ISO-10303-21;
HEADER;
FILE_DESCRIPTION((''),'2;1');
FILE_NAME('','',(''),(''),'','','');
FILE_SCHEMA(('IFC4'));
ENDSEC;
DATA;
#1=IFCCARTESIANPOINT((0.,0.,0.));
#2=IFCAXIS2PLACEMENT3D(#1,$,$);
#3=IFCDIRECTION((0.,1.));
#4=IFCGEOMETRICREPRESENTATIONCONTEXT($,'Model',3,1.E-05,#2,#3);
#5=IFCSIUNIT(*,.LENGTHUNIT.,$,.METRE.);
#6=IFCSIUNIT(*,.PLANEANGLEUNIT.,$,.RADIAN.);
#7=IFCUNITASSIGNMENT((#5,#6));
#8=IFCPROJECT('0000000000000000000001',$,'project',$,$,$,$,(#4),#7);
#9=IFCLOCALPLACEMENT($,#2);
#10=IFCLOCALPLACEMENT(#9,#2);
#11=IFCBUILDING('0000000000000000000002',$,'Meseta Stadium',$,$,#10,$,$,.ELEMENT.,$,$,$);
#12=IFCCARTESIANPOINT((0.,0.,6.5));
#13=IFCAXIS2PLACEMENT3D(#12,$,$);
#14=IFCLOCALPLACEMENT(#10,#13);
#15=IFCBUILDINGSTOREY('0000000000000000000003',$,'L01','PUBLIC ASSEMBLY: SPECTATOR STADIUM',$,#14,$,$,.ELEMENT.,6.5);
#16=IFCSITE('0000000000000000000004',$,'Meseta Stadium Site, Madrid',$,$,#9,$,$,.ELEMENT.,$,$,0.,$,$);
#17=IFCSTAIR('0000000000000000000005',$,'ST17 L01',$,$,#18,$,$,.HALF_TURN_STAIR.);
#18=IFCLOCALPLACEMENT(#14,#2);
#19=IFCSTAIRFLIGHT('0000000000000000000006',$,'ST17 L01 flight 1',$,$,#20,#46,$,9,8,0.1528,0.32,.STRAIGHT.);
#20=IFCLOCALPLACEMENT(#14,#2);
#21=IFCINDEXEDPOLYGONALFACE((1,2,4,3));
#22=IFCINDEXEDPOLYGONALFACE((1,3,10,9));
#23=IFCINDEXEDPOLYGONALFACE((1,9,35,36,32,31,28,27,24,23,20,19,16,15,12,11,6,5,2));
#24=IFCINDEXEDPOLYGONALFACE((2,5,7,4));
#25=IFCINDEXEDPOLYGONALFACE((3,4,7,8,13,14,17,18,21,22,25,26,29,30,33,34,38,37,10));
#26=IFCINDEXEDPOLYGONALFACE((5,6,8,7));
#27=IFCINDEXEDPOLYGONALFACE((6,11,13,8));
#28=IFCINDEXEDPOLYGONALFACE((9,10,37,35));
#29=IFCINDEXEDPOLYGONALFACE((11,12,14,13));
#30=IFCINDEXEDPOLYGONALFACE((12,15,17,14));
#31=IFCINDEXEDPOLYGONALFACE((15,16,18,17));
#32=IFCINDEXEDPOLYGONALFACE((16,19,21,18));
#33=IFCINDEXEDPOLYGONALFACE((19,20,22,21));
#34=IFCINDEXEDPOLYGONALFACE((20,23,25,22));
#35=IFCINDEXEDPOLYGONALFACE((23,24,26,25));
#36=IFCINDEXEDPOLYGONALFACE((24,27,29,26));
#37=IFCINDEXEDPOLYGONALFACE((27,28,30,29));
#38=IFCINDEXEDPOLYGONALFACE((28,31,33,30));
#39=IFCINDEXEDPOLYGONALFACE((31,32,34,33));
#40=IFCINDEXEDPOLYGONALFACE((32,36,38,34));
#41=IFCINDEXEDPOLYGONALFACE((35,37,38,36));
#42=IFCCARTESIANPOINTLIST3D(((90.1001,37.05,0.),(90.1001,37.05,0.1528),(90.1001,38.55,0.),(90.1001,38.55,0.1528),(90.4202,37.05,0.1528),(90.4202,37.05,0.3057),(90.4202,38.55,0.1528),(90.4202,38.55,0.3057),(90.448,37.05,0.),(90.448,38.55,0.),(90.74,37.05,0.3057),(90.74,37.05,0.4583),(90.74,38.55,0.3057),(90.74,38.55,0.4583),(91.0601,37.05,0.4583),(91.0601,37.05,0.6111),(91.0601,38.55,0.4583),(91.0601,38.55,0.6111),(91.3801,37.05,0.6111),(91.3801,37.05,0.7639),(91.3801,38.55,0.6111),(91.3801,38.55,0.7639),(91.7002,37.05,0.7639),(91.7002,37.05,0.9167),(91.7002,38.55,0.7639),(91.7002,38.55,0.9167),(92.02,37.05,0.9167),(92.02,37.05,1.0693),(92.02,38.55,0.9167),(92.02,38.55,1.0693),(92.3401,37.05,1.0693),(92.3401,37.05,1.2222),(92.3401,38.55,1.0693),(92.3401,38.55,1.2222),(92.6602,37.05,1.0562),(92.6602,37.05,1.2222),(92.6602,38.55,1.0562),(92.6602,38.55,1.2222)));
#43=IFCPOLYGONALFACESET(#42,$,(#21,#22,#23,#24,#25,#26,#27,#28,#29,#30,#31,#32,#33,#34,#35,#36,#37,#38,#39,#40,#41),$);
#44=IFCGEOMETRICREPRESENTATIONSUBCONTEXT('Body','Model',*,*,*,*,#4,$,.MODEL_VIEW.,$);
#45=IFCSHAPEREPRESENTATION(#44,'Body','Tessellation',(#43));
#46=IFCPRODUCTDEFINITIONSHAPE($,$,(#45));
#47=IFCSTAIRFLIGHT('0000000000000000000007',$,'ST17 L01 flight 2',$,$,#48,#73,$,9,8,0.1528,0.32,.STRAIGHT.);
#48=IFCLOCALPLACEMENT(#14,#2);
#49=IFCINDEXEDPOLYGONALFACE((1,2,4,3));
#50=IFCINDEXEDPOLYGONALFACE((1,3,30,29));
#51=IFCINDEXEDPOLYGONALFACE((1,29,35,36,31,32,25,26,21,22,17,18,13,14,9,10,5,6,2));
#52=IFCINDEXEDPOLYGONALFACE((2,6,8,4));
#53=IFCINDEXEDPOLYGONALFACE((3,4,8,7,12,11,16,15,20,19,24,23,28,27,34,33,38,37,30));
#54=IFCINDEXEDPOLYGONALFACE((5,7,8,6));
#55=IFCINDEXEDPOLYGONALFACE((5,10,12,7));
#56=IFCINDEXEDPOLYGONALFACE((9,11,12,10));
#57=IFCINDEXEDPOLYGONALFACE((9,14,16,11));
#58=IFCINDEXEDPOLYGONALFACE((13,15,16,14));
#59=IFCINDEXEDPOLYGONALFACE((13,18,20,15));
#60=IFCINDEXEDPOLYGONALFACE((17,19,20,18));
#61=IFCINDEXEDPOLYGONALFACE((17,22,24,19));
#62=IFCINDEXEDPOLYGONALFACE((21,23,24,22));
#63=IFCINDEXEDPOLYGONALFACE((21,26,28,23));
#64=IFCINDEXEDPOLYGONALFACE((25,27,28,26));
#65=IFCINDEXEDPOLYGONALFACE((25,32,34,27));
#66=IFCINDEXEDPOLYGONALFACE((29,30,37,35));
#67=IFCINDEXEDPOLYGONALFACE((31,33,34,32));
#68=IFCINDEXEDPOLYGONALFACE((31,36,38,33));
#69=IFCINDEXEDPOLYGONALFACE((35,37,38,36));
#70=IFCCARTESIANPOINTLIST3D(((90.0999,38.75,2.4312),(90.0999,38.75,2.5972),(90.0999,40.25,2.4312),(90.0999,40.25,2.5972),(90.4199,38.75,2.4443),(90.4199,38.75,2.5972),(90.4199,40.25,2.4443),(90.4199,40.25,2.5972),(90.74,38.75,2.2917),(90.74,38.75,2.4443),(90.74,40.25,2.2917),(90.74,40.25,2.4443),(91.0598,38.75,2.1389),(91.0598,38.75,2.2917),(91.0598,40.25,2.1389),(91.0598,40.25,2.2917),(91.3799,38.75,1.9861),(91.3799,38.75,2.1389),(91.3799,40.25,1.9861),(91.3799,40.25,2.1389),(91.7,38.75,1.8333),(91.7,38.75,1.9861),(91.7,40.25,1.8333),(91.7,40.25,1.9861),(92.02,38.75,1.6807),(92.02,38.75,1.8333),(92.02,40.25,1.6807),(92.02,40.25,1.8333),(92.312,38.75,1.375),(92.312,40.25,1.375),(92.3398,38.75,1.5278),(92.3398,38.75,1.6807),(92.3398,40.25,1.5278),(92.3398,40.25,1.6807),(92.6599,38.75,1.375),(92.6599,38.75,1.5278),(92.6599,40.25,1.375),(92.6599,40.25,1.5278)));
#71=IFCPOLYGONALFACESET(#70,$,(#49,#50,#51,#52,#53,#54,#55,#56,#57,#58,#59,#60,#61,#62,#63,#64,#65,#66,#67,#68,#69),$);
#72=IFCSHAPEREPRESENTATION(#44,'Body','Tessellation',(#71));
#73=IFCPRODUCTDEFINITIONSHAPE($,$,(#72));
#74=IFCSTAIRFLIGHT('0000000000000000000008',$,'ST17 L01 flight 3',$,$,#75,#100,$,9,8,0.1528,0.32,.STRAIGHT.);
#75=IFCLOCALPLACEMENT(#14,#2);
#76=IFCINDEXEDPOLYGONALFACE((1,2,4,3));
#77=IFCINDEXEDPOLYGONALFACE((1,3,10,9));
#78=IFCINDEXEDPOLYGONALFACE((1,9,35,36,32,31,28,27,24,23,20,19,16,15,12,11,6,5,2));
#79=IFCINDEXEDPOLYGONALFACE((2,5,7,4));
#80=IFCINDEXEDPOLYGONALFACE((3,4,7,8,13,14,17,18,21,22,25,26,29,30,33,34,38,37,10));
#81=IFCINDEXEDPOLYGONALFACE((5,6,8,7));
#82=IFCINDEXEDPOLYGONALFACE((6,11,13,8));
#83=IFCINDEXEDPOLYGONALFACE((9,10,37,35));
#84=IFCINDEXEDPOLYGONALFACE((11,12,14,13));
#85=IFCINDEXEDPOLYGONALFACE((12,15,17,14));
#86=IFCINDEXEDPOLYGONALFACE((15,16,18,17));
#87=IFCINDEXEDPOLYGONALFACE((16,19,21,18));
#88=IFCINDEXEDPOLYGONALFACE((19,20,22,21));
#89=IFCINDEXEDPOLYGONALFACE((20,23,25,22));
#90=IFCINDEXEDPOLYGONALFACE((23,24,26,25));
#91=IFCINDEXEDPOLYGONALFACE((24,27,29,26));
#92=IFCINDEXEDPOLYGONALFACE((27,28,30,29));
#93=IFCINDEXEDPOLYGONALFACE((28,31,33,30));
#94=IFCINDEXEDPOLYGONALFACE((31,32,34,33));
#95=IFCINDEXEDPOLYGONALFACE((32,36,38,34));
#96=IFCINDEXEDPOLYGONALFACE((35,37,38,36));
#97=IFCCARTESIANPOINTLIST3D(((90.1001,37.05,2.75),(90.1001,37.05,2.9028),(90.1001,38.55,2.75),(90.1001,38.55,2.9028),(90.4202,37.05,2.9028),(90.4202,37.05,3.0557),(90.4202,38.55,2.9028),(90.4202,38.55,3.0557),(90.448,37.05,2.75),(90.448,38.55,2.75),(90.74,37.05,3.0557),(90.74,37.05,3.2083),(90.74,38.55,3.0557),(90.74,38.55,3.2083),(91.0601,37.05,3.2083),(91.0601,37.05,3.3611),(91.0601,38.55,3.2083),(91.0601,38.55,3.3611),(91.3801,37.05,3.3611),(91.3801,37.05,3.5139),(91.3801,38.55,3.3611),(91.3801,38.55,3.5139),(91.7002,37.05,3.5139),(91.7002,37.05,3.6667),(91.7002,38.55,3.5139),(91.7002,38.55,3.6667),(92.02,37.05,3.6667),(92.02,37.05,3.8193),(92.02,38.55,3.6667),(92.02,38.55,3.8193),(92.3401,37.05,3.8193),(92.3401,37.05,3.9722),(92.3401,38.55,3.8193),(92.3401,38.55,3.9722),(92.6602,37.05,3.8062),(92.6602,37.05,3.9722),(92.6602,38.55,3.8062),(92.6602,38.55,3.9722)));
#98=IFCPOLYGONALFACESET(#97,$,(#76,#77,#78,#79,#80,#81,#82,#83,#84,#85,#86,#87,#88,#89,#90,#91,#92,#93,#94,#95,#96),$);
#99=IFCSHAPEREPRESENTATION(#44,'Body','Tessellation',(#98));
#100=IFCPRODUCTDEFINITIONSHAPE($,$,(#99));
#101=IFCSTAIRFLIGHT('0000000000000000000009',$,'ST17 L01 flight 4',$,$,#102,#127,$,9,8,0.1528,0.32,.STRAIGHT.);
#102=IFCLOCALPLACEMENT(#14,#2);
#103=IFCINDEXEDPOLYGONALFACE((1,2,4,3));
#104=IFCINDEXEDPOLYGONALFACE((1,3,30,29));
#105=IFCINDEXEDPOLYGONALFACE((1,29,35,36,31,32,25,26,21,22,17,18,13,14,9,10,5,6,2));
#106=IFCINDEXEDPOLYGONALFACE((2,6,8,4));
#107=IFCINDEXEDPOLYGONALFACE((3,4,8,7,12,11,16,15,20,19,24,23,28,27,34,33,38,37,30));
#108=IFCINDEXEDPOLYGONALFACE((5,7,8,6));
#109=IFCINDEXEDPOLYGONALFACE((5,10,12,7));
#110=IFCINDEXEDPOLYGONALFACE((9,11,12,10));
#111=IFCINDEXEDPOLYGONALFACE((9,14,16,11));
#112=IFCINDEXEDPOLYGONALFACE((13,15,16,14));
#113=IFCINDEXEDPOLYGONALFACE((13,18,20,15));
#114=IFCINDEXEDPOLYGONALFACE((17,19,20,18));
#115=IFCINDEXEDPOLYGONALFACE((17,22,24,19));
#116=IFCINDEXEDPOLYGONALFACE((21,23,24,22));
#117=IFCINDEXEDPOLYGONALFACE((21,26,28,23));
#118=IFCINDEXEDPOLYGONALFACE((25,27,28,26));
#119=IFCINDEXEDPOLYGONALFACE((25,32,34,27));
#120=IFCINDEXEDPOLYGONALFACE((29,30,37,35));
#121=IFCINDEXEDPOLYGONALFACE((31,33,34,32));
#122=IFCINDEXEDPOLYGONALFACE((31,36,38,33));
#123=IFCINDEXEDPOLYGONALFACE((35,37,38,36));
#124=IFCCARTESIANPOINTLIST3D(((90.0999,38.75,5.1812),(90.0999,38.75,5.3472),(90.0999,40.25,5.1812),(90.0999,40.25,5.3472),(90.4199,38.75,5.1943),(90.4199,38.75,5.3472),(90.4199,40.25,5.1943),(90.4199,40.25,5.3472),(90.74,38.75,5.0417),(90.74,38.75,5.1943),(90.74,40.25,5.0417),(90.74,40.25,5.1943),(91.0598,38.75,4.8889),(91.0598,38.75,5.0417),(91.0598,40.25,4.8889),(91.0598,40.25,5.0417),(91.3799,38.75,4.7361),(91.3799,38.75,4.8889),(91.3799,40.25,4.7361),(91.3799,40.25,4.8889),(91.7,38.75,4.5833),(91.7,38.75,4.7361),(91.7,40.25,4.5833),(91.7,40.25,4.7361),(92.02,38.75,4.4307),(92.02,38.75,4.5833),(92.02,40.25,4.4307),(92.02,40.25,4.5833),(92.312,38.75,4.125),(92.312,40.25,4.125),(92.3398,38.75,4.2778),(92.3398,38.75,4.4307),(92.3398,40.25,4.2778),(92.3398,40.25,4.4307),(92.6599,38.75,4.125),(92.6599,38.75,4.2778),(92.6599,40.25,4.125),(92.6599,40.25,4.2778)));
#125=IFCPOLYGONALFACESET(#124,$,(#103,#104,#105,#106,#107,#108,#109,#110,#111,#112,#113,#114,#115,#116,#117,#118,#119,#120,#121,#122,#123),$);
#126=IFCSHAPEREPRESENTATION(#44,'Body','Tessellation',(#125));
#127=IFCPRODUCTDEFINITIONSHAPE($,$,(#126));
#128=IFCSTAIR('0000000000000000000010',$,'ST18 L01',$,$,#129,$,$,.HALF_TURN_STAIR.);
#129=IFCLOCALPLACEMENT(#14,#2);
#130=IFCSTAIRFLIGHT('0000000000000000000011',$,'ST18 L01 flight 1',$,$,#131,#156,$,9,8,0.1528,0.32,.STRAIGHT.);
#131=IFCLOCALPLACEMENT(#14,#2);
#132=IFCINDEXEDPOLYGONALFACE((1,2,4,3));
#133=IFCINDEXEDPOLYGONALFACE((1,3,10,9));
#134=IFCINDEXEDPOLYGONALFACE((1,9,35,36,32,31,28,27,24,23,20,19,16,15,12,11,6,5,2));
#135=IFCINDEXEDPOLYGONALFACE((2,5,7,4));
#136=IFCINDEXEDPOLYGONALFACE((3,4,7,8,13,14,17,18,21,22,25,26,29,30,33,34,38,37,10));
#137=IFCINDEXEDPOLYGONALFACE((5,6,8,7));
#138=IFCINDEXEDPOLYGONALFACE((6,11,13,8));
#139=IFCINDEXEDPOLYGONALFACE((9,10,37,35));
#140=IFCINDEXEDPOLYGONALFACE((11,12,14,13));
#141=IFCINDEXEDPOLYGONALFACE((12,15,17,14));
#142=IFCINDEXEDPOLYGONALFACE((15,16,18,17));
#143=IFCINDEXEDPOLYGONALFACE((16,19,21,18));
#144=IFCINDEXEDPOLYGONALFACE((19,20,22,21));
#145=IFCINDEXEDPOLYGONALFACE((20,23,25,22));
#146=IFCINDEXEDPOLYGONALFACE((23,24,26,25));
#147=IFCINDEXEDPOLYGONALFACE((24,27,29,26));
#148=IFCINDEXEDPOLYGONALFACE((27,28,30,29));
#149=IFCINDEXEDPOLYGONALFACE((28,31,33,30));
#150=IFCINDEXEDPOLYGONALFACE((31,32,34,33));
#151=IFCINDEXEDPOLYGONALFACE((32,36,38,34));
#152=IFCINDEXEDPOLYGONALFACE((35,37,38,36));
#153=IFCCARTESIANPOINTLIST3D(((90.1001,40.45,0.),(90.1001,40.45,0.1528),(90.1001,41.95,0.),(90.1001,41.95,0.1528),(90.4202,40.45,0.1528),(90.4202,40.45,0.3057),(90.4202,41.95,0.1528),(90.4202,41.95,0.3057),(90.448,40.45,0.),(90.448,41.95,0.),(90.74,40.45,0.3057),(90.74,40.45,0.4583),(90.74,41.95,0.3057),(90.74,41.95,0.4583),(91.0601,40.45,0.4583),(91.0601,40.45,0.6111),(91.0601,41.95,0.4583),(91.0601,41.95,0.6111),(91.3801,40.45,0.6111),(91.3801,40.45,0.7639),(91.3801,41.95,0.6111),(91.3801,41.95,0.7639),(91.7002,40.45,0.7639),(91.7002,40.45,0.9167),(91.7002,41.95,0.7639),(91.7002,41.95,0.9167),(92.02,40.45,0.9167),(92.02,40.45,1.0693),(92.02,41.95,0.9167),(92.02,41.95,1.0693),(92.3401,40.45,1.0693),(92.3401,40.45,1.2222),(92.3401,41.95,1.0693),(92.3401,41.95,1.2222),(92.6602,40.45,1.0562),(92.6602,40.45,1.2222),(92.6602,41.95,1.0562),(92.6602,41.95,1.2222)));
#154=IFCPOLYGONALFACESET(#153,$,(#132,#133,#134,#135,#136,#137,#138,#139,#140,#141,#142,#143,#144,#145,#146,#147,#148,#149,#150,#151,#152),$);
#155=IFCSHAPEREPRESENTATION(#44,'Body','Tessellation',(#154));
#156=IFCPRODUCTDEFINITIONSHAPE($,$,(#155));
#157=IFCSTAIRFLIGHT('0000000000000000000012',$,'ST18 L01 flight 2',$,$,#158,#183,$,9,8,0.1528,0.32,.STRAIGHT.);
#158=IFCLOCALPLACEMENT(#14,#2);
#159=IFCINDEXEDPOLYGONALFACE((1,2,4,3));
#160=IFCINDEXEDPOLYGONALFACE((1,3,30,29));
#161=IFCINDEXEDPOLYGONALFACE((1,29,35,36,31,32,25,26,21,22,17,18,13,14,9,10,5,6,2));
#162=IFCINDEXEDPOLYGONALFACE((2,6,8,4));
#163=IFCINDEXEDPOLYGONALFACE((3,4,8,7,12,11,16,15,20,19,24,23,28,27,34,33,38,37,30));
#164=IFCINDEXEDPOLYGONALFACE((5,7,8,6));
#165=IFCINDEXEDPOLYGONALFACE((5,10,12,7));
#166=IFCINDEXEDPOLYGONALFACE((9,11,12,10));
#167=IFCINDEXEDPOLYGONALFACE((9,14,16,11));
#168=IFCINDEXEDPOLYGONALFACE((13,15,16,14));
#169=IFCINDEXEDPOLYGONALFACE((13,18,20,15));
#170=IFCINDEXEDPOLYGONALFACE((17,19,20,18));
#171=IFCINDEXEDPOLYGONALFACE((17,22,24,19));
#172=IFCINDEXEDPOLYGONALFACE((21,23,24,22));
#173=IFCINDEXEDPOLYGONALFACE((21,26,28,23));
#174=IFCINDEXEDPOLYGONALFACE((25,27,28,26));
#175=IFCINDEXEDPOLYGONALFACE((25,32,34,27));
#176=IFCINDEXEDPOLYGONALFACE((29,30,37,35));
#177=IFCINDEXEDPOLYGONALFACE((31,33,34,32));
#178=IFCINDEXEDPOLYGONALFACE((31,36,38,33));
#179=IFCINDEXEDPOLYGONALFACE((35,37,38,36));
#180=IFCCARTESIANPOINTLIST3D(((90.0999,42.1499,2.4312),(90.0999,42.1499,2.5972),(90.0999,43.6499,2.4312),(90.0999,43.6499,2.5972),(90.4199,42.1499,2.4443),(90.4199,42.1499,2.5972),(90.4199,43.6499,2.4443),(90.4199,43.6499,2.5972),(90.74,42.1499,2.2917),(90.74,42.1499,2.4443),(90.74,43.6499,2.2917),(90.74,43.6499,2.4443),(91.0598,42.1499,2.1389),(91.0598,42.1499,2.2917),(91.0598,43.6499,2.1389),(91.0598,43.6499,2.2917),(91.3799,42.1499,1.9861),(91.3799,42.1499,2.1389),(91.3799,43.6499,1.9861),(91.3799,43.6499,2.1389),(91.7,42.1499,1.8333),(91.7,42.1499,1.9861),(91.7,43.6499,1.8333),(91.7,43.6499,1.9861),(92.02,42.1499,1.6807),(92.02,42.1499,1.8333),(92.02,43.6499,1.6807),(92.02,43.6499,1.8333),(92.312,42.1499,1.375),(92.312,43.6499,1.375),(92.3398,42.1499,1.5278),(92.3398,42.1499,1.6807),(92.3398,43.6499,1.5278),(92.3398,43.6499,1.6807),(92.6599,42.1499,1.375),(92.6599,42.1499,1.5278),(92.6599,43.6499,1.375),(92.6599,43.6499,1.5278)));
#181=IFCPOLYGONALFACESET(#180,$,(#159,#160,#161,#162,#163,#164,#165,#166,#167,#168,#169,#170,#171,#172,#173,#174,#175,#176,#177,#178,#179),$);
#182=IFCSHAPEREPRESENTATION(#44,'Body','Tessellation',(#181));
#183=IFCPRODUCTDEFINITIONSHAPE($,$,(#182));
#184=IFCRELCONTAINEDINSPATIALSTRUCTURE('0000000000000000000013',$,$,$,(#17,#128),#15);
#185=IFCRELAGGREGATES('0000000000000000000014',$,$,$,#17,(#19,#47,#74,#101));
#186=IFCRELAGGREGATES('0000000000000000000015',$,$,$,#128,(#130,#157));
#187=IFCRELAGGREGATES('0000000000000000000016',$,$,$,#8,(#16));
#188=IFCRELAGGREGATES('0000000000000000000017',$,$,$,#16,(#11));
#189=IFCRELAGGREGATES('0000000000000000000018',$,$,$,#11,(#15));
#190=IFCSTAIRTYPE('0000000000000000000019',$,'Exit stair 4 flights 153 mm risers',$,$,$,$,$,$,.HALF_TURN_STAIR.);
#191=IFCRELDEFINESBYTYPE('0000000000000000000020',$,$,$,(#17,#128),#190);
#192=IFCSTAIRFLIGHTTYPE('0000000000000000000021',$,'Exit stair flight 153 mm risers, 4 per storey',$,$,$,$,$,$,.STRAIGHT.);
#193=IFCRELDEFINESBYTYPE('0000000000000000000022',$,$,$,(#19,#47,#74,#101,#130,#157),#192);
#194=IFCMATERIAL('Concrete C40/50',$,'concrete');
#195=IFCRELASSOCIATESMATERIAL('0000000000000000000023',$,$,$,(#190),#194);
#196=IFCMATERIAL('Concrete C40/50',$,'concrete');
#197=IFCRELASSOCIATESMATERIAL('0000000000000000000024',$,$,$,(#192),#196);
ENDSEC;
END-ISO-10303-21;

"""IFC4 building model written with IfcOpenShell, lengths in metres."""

from ifc_helpers import new_model, si_unit, direction, frame, origin, place, context, subcontext, project, spatial, polyline, outline, extrude, material, type_object, element, aggregate, save


model = new_model("IFC4")

# Units and contexts
model_context = context("Model", 3, precision=1e-05, world=origin(), true_north=direction((0.0, 1.0)))
body_context = subcontext(model_context, "Body", "Model", "MODEL_VIEW")
ifc_project = project(units=[si_unit("LENGTHUNIT", "METRE"), si_unit("PLANEANGLEUNIT", "RADIAN")], contexts=[model_context])

# Site, building, storey
site_placement = place(None, origin())
site = spatial("IfcSite", under=ifc_project, at=site_placement, Name="Meseta Stadium Site, Madrid", CompositionType="ELEMENT", RefElevation=0.0)
building_placement = place(site_placement, origin())
building = spatial("IfcBuilding", under=site, at=building_placement, Name="Meseta Stadium", CompositionType="ELEMENT")
storey_placement = place(building_placement, frame((0.0, 0.0, 6.5)))
storey = spatial("IfcBuildingStorey", under=building, at=storey_placement, Name="L01", Description="PUBLIC ASSEMBLY: SPECTATOR STADIUM", CompositionType="ELEMENT", Elevation=6.5)

# Stairs, stair flights
ifc_material_1 = material(Name="Concrete C40/50", Category="concrete")
stair_type = type_object("IfcStairType", Name="Exit stair 4 flights 153 mm risers", PredefinedType="HALF_TURN_STAIR", material=ifc_material_1)
stair_1_placement = place(storey_placement, origin())
stair_1 = element("IfcStair", 1, at=stair_1_placement, inside=storey, type_object=stair_type, Name="ST17 L01", PredefinedType="HALF_TURN_STAIR")
ifc_material_2 = material(Name="Concrete C40/50", Category="concrete")
stair_flight_type = type_object("IfcStairFlightType", Name="Exit stair flight 153 mm risers, 4 per storey", PredefinedType="STRAIGHT", material=ifc_material_2)
stair_flight_1_placement = place(storey_placement, frame((90.1001, 37.8, 0.0), z_axis=(0.0, 0.0, 1.0), x_axis=(1.0, 0.0, 0.0)))
stair_flight_1 = element("IfcStairFlight", 2, at=stair_flight_1_placement, type_object=stair_flight_type, Name="ST17 L01 flight 1", NumberOfRisers=9, NumberOfTreads=8, PredefinedType="STRAIGHT", RiserHeight=0.1528, TreadLength=0.32, context=body_context, shape_type="SweptSolid", body=[
    extrude(outline(polyline([(0.0, 0.0), (0.0, 0.1528), (0.3201, 0.1528), (0.3201, 0.3057), (0.6399, 0.3057), (0.6399, 0.4583), (0.96, 0.4583), (0.96, 0.6111), (1.28, 0.6111), (1.28, 0.7639), (1.6001, 0.7639), (1.6001, 0.9167), (1.9199, 0.9167), (1.9199, 1.0693), (2.24, 1.0693), (2.24, 1.2222), (2.5601, 1.2222), (2.5601, 1.0562), (0.3479, 0.0), (0.0, 0.0)])), frame((0.0, 0.75, 0.0), z_axis=(0.0, -1.0, 0.0), x_axis=(1.0, 0.0, 0.0)), (0.0, 0.0, 1.0), 1.5),
])
stair_flight_2_placement = place(storey_placement, frame((92.6599, 39.5, 1.375), z_axis=(0.0, 0.0, 1.0), x_axis=(-1.0, 0.0, 0.0)))
stair_flight_2 = element("IfcStairFlight", 3, at=stair_flight_2_placement, type_object=stair_flight_type, Name="ST17 L01 flight 2", NumberOfRisers=9, NumberOfTreads=8, PredefinedType="STRAIGHT", RiserHeight=0.1528, TreadLength=0.32, context=body_context, shape_type="SweptSolid", body=[
    extrude(outline(polyline([(0.0, 0.0), (0.0, 0.1528), (0.3201, 0.1528), (0.3201, 0.3057), (0.6399, 0.3057), (0.6399, 0.4583), (0.96, 0.4583), (0.96, 0.6111), (1.28, 0.6111), (1.28, 0.7639), (1.6001, 0.7639), (1.6001, 0.9167), (1.9199, 0.9167), (1.9199, 1.0693), (2.24, 1.0693), (2.24, 1.2222), (2.5601, 1.2222), (2.5601, 1.0562), (0.3479, 0.0), (0.0, 0.0)])), frame((0.0, 0.75, 0.0), z_axis=(0.0, -1.0, 0.0), x_axis=(1.0, 0.0, 0.0)), (0.0, 0.0, 1.0), 1.5),
])
stair_flight_3_placement = place(storey_placement, frame((90.1001, 37.8, 2.75), z_axis=(0.0, 0.0, 1.0), x_axis=(1.0, 0.0, 0.0)))
stair_flight_3 = element("IfcStairFlight", 4, at=stair_flight_3_placement, type_object=stair_flight_type, Name="ST17 L01 flight 3", NumberOfRisers=9, NumberOfTreads=8, PredefinedType="STRAIGHT", RiserHeight=0.1528, TreadLength=0.32, context=body_context, shape_type="SweptSolid", body=[
    extrude(outline(polyline([(0.0, 0.0), (0.0, 0.1528), (0.3201, 0.1528), (0.3201, 0.3057), (0.6399, 0.3057), (0.6399, 0.4583), (0.96, 0.4583), (0.96, 0.6111), (1.28, 0.6111), (1.28, 0.7639), (1.6001, 0.7639), (1.6001, 0.9167), (1.9199, 0.9167), (1.9199, 1.0693), (2.24, 1.0693), (2.24, 1.2222), (2.5601, 1.2222), (2.5601, 1.0562), (0.3479, 0.0), (0.0, 0.0)])), frame((0.0, 0.75, 0.0), z_axis=(0.0, -1.0, 0.0), x_axis=(1.0, 0.0, 0.0)), (0.0, 0.0, 1.0), 1.5),
])
stair_flight_4_placement = place(storey_placement, frame((92.6599, 39.5, 4.125), z_axis=(0.0, 0.0, 1.0), x_axis=(-1.0, 0.0, 0.0)))
stair_flight_4 = element("IfcStairFlight", 5, at=stair_flight_4_placement, type_object=stair_flight_type, Name="ST17 L01 flight 4", NumberOfRisers=9, NumberOfTreads=8, PredefinedType="STRAIGHT", RiserHeight=0.1528, TreadLength=0.32, context=body_context, shape_type="SweptSolid", body=[
    extrude(outline(polyline([(0.0, 0.0), (0.0, 0.1528), (0.3201, 0.1528), (0.3201, 0.3057), (0.6399, 0.3057), (0.6399, 0.4583), (0.96, 0.4583), (0.96, 0.6111), (1.28, 0.6111), (1.28, 0.7639), (1.6001, 0.7639), (1.6001, 0.9167), (1.9199, 0.9167), (1.9199, 1.0693), (2.24, 1.0693), (2.24, 1.2222), (2.5601, 1.2222), (2.5601, 1.0562), (0.3479, 0.0), (0.0, 0.0)])), frame((0.0, 0.75, 0.0), z_axis=(0.0, -1.0, 0.0), x_axis=(1.0, 0.0, 0.0)), (0.0, 0.0, 1.0), 1.5),
])
aggregate(stair_1, [stair_flight_1, stair_flight_2, stair_flight_3, stair_flight_4])
stair_2_placement = place(storey_placement, origin())
stair_2 = element("IfcStair", 6, at=stair_2_placement, inside=storey, type_object=stair_type, Name="ST18 L01", PredefinedType="HALF_TURN_STAIR")
stair_flight_5_placement = place(storey_placement, frame((90.1001, 41.2, 0.0), z_axis=(0.0, 0.0, 1.0), x_axis=(1.0, 0.0, 0.0)))
stair_flight_5 = element("IfcStairFlight", 7, at=stair_flight_5_placement, type_object=stair_flight_type, Name="ST18 L01 flight 1", NumberOfRisers=9, NumberOfTreads=8, PredefinedType="STRAIGHT", RiserHeight=0.1528, TreadLength=0.32, context=body_context, shape_type="SweptSolid", body=[
    extrude(outline(polyline([(0.0, 0.0), (0.0, 0.1528), (0.3201, 0.1528), (0.3201, 0.3057), (0.6399, 0.3057), (0.6399, 0.4583), (0.96, 0.4583), (0.96, 0.6111), (1.28, 0.6111), (1.28, 0.7639), (1.6001, 0.7639), (1.6001, 0.9167), (1.9199, 0.9167), (1.9199, 1.0693), (2.24, 1.0693), (2.24, 1.2222), (2.5601, 1.2222), (2.5601, 1.0562), (0.3479, 0.0), (0.0, 0.0)])), frame((0.0, 0.75, 0.0), z_axis=(0.0, -1.0, 0.0), x_axis=(1.0, 0.0, 0.0)), (0.0, 0.0, 1.0), 1.5),
])
stair_flight_6_placement = place(storey_placement, frame((92.6599, 42.8999, 1.375), z_axis=(0.0, 0.0, 1.0), x_axis=(-1.0, 0.0, 0.0)))
stair_flight_6 = element("IfcStairFlight", 8, at=stair_flight_6_placement, type_object=stair_flight_type, Name="ST18 L01 flight 2", NumberOfRisers=9, NumberOfTreads=8, PredefinedType="STRAIGHT", RiserHeight=0.1528, TreadLength=0.32, context=body_context, shape_type="SweptSolid", body=[
    extrude(outline(polyline([(0.0, 0.0), (0.0, 0.1528), (0.3201, 0.1528), (0.3201, 0.3057), (0.6399, 0.3057), (0.6399, 0.4583), (0.96, 0.4583), (0.96, 0.6111), (1.28, 0.6111), (1.28, 0.7639), (1.6001, 0.7639), (1.6001, 0.9167), (1.9199, 0.9167), (1.9199, 1.0693), (2.24, 1.0693), (2.24, 1.2222), (2.5601, 1.2222), (2.5601, 1.0562), (0.3479, 0.0), (0.0, 0.0)])), frame((0.0, 0.75, 0.0), z_axis=(0.0, -1.0, 0.0), x_axis=(1.0, 0.0, 0.0)), (0.0, 0.0, 1.0), 1.5),
])
aggregate(stair_2, [stair_flight_5, stair_flight_6])

save(model, "model.ifc")
